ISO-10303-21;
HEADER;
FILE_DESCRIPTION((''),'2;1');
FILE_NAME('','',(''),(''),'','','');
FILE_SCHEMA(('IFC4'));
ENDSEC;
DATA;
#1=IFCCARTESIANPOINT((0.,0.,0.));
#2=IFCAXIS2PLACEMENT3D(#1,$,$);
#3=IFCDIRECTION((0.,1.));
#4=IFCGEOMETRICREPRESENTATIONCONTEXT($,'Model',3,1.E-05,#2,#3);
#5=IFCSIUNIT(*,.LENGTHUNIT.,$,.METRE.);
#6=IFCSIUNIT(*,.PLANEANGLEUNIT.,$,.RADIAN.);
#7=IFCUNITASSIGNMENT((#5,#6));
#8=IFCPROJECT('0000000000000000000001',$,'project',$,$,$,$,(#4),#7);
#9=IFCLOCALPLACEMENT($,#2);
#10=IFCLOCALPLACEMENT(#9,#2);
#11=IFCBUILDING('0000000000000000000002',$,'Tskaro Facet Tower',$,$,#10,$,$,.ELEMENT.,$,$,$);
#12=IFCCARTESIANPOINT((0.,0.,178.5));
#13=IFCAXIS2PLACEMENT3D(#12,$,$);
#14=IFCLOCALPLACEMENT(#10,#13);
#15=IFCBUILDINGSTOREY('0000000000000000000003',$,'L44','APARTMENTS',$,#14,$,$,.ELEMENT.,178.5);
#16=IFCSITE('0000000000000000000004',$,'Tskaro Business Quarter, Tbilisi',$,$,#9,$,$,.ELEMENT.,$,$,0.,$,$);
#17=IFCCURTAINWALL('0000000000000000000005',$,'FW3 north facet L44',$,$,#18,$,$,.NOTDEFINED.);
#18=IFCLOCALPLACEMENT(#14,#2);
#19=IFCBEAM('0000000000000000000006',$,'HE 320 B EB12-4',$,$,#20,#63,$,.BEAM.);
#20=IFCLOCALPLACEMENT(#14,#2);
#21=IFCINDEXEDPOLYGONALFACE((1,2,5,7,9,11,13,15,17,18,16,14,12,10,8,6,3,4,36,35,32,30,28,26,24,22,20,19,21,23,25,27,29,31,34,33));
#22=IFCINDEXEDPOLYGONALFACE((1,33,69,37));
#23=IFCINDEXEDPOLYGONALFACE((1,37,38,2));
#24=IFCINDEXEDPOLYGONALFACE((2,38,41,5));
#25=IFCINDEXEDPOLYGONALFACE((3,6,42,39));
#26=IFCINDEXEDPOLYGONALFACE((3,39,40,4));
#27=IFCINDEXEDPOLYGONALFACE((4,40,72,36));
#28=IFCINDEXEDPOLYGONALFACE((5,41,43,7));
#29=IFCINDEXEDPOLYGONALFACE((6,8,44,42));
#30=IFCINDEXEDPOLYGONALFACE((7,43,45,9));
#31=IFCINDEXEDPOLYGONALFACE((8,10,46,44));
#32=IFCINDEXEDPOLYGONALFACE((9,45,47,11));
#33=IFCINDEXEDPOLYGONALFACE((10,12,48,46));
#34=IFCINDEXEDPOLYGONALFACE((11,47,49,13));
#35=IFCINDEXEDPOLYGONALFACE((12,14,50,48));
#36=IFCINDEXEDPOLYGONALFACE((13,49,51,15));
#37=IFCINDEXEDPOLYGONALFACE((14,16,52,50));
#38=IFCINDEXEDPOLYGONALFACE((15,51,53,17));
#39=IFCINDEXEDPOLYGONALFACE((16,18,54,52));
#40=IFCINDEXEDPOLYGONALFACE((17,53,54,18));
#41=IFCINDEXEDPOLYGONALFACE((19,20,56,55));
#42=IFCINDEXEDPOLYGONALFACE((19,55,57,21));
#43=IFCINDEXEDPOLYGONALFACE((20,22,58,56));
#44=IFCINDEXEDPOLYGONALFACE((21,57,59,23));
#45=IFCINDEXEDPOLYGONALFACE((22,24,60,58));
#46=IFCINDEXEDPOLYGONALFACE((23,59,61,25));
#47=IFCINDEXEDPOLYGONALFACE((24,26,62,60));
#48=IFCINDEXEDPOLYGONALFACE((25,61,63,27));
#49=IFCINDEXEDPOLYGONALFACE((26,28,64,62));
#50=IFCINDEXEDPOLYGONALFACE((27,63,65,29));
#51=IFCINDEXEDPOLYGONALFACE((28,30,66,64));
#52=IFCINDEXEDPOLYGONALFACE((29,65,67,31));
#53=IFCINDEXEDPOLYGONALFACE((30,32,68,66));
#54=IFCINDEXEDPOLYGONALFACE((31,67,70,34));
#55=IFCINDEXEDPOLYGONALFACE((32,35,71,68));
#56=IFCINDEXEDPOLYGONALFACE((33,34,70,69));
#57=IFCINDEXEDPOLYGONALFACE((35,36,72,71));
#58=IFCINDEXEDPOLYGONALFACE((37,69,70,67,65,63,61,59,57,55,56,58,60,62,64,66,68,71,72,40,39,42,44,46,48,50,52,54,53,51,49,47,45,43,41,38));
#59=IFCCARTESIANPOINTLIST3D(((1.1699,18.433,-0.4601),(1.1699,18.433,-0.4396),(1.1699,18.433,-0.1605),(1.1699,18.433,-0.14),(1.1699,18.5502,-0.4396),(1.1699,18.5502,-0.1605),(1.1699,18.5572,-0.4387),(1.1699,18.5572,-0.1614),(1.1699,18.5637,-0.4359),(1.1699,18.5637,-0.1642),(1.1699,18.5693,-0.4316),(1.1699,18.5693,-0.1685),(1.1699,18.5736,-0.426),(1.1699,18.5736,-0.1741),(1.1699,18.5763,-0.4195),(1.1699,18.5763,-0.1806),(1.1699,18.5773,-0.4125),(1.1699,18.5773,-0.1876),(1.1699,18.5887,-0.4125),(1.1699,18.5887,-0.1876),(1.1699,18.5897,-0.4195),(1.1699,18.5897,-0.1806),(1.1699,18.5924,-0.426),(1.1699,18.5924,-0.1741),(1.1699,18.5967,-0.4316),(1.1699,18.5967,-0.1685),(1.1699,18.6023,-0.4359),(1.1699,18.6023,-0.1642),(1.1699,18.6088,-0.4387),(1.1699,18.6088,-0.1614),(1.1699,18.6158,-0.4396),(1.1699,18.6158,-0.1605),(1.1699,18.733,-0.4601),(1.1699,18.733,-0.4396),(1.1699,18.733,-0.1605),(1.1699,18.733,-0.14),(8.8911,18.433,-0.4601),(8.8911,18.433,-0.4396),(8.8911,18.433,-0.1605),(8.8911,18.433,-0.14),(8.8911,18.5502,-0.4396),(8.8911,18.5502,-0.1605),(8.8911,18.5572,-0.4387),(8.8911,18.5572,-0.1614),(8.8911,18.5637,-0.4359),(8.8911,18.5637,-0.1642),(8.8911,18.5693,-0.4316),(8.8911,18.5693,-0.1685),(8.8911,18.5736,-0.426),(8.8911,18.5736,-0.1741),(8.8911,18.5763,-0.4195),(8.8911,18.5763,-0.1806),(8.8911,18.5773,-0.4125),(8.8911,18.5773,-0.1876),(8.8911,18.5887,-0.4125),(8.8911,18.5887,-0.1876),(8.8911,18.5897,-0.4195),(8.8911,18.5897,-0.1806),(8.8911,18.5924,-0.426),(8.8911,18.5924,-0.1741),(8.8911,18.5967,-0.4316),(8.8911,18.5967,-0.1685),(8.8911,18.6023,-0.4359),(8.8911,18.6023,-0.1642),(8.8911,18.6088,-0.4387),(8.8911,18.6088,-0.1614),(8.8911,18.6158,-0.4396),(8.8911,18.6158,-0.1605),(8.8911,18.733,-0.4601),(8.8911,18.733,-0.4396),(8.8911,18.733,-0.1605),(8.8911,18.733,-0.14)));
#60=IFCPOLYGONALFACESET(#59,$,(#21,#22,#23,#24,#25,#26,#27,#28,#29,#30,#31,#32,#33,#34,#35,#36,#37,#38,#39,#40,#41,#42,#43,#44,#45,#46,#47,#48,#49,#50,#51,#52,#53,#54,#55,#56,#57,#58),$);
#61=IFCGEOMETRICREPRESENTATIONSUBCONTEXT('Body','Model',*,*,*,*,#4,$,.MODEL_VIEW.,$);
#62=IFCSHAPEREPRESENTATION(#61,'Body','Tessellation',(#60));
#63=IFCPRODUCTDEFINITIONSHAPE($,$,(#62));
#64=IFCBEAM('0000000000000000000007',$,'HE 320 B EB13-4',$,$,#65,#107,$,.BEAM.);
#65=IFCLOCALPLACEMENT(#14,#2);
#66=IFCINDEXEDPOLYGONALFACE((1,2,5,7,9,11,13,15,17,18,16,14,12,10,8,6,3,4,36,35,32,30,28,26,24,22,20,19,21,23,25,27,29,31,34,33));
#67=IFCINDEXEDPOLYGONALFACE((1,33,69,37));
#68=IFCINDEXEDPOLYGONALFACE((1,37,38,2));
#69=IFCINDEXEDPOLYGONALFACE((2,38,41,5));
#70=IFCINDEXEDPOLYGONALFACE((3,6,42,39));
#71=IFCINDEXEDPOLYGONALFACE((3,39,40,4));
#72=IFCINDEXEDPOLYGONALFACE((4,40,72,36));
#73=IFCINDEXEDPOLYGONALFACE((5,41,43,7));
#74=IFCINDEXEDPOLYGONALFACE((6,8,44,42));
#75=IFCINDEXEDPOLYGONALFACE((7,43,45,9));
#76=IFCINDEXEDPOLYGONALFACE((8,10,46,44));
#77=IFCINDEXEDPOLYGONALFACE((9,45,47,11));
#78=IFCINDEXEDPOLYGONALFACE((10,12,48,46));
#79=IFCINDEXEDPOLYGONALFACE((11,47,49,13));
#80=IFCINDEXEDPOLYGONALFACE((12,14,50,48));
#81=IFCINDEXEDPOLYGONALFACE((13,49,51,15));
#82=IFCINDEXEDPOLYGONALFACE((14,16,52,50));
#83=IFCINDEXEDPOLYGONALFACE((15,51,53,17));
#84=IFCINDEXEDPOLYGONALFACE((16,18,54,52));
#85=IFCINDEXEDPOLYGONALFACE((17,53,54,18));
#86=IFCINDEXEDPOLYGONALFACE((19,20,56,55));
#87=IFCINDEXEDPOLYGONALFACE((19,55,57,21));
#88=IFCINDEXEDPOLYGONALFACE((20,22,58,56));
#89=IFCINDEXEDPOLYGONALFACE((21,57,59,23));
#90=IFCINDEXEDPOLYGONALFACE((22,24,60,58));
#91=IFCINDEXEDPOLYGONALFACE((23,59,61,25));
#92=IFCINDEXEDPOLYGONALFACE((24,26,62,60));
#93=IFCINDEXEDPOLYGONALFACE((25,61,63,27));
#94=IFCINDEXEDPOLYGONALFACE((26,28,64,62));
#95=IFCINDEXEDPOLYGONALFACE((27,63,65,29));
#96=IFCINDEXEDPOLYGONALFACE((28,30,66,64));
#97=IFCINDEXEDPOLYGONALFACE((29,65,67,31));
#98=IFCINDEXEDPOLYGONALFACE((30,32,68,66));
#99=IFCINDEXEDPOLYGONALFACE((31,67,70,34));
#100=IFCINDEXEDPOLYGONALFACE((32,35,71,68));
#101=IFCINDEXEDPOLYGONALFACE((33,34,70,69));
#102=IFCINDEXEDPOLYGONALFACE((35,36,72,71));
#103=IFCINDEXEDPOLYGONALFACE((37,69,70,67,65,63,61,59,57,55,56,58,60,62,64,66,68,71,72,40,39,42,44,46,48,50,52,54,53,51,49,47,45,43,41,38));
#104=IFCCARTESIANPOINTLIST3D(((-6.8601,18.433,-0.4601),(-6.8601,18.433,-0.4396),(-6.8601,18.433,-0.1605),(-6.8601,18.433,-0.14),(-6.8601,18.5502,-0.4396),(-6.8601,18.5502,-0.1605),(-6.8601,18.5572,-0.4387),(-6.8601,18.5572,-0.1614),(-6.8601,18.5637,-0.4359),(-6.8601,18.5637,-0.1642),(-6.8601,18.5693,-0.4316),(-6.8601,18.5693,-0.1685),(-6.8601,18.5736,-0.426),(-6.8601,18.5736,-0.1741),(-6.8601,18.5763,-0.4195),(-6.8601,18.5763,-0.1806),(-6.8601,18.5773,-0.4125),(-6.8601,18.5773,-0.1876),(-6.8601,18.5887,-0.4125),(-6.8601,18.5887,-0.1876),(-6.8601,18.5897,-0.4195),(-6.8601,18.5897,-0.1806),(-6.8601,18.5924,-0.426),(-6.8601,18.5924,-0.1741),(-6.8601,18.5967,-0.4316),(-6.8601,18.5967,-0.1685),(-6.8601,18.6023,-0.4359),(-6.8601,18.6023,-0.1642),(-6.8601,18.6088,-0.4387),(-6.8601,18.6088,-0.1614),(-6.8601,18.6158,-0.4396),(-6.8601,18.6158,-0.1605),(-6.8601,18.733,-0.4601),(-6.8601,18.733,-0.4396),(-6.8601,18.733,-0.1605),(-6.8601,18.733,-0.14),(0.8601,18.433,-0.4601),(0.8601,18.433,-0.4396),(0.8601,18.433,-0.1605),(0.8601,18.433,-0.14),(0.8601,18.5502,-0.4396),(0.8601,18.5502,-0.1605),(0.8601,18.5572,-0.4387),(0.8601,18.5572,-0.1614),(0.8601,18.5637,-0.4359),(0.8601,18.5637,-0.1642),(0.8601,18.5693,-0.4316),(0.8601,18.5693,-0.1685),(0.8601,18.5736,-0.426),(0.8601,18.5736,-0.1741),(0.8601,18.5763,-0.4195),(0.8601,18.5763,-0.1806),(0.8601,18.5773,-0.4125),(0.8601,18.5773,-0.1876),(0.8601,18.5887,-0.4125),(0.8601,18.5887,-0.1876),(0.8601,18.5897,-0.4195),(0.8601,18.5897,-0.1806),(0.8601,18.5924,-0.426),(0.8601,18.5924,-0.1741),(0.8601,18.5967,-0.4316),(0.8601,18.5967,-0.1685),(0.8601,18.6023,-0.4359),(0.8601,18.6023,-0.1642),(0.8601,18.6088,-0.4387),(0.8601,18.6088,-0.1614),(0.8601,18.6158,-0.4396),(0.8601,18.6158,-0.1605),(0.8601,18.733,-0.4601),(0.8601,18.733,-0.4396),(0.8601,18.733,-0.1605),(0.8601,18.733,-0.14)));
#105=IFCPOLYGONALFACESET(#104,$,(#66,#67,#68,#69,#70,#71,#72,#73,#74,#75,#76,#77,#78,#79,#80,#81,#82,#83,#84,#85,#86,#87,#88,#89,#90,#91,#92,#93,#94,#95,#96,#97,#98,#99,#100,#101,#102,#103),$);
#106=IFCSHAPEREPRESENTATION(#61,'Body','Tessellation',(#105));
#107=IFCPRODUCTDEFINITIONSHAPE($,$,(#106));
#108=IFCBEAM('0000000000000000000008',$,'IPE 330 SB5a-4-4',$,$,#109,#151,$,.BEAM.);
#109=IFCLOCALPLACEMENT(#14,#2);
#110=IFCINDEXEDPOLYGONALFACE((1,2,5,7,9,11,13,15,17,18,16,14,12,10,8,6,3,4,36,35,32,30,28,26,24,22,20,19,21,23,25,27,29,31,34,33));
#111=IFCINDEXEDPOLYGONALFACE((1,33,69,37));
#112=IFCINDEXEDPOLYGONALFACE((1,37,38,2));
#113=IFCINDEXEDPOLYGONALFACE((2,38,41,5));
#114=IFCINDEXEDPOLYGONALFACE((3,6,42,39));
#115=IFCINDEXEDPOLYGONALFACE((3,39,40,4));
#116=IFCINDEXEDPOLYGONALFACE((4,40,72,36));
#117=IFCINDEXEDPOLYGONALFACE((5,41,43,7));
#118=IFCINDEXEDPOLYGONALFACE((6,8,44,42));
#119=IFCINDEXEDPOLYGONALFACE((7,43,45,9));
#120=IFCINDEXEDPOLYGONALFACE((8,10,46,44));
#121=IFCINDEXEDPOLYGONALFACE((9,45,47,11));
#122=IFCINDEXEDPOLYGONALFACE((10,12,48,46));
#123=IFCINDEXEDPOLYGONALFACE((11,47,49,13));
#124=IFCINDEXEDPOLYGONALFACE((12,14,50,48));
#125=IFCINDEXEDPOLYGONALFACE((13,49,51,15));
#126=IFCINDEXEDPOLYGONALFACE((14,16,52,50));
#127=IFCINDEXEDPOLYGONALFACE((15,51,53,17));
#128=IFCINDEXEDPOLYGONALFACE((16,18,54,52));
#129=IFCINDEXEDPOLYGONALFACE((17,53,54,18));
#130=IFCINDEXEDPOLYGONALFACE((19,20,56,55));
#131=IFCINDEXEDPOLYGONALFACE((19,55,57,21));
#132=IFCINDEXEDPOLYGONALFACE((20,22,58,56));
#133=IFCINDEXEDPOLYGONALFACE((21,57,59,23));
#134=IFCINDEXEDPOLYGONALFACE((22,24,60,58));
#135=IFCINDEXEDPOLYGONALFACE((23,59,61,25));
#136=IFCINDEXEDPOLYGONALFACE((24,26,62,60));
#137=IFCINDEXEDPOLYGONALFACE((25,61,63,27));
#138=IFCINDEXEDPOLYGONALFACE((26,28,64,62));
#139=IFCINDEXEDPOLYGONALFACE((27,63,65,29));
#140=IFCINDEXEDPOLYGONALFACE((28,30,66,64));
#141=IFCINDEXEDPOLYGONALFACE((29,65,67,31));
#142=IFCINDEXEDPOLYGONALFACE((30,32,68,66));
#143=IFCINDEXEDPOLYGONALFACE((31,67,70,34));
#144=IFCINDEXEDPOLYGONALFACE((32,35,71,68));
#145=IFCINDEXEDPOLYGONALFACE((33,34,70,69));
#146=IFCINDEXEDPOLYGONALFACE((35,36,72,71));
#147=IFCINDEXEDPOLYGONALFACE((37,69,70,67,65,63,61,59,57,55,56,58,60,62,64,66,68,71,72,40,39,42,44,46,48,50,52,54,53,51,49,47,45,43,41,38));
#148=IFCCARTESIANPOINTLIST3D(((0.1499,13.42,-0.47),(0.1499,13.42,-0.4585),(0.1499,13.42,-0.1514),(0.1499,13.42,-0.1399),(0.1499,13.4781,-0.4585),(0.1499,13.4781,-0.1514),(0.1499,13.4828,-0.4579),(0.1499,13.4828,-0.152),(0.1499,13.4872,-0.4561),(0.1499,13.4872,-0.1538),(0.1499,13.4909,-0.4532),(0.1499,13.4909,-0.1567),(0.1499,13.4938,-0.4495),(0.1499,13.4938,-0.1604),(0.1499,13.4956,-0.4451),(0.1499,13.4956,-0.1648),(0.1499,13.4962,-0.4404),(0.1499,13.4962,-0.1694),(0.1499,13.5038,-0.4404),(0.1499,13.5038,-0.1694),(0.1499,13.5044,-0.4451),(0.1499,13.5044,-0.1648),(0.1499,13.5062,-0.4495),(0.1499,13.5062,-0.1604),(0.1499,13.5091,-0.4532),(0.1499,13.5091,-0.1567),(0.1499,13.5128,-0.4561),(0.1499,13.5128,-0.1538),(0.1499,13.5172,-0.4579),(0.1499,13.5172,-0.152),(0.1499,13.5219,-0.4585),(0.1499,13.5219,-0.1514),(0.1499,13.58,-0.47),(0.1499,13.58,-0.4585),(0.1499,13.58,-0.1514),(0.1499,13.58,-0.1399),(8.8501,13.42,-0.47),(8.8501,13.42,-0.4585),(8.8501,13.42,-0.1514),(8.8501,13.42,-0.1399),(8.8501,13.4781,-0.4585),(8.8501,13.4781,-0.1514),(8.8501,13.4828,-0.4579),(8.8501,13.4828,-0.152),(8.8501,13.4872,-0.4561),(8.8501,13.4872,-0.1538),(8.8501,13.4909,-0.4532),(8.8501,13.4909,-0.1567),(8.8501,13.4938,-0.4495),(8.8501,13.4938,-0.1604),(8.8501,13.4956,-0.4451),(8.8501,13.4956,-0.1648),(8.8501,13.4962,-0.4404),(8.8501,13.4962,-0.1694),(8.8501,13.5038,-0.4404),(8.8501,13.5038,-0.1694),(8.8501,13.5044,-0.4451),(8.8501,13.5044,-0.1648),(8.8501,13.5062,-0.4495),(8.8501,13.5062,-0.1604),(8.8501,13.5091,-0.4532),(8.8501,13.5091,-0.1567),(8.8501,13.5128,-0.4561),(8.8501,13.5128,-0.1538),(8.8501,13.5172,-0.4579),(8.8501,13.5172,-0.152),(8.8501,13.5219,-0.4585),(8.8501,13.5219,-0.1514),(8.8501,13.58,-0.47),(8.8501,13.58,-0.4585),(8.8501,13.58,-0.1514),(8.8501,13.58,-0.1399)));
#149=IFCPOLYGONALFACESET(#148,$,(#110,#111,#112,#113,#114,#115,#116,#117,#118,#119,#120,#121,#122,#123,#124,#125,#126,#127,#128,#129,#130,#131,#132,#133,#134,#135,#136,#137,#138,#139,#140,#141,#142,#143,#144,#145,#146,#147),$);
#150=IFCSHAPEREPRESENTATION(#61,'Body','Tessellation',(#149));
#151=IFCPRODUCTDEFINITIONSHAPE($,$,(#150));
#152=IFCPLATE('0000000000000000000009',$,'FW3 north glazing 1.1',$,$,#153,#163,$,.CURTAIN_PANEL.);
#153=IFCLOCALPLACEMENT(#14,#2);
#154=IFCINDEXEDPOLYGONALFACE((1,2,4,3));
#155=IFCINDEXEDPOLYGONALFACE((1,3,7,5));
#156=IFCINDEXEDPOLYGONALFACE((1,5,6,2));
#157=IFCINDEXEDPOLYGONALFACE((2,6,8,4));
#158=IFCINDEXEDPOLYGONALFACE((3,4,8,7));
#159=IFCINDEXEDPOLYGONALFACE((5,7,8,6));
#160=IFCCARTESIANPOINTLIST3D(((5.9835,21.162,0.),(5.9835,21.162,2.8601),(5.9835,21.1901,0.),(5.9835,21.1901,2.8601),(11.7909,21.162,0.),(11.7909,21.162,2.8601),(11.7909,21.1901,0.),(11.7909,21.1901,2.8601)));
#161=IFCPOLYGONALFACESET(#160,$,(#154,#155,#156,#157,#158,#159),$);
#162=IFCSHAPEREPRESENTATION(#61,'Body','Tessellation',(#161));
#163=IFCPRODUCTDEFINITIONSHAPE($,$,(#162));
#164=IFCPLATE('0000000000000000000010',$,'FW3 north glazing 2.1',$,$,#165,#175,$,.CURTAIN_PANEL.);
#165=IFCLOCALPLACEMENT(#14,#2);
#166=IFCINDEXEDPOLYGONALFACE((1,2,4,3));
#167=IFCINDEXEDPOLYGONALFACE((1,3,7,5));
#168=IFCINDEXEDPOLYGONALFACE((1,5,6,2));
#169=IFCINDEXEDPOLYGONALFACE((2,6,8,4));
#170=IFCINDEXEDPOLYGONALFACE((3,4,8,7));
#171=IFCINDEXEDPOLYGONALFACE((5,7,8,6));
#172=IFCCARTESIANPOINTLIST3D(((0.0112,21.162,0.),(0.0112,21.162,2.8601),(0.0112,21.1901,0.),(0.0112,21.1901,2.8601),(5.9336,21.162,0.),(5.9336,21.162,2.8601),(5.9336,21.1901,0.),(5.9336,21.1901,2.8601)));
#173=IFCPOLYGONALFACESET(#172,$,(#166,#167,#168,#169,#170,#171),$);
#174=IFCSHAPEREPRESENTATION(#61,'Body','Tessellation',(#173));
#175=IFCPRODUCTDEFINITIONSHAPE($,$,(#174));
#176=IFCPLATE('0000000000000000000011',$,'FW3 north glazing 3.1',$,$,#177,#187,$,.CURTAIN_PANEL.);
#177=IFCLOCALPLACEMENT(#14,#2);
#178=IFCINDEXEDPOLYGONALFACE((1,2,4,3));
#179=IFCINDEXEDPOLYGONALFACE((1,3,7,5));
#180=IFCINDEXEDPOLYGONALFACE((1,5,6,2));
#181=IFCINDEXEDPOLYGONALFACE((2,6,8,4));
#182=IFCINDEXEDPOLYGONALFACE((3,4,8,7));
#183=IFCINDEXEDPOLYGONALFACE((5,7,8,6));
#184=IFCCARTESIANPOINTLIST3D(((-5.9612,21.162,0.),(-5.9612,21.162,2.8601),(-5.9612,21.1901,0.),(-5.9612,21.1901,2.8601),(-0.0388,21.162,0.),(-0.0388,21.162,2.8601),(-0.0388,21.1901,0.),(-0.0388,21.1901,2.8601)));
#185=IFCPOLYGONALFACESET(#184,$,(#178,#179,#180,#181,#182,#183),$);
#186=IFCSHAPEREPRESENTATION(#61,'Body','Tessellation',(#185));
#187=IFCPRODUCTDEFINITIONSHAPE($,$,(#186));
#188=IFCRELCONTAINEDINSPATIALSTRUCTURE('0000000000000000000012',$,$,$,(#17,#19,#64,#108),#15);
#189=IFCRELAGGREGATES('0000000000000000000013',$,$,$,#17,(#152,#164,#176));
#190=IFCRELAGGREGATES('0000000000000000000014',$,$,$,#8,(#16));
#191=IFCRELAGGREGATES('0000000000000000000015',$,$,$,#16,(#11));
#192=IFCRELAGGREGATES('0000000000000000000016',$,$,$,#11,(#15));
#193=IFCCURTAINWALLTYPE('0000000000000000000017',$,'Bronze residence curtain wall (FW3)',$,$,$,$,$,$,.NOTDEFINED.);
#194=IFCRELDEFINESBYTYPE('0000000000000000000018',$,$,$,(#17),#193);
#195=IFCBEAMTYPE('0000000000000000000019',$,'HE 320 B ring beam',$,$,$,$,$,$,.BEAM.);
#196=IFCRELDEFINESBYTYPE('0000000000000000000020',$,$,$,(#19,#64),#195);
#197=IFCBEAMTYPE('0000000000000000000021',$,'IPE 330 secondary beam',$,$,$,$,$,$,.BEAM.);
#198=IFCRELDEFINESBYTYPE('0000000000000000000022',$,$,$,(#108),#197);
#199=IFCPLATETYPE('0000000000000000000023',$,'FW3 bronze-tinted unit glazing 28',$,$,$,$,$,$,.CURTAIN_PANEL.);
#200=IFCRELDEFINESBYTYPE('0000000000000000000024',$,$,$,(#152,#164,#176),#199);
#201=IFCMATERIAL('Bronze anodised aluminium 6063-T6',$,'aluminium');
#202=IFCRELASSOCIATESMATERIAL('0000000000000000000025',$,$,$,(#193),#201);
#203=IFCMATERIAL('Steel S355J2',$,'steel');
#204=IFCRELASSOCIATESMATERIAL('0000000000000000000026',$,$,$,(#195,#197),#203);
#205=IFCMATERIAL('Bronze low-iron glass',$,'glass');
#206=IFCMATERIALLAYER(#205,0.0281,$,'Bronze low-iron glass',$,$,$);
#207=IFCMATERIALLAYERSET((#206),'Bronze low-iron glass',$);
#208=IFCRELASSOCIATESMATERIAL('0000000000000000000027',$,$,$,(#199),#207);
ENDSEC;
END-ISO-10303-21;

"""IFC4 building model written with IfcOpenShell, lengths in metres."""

from ifc_helpers import new_model, si_unit, direction, frame, origin, origin_2d, place, context, subcontext, project, spatial, rectangle, i_section, extrude, material, layer, layer_set, material_profile, profile_set, type_object, element, aggregate, save


model = new_model("IFC4")

# Units and contexts
model_context = context("Model", 3, precision=1e-05, world=origin(), true_north=direction((0.0, 1.0)))
body_context = subcontext(model_context, "Body", "Model", "MODEL_VIEW")
ifc_project = project(units=[si_unit("LENGTHUNIT", "METRE"), si_unit("PLANEANGLEUNIT", "RADIAN")], contexts=[model_context])

# Site, building, storey
site_placement = place(None, origin())
site = spatial("IfcSite", under=ifc_project, at=site_placement, Name="Tskaro Business Quarter, Tbilisi", CompositionType="ELEMENT", RefElevation=0.0)
building_placement = place(site_placement, origin())
building = spatial("IfcBuilding", under=site, at=building_placement, Name="Tskaro Facet Tower", CompositionType="ELEMENT")
storey_placement = place(building_placement, frame((0.0, 0.0, 178.5)))
storey = spatial("IfcBuildingStorey", under=building, at=storey_placement, Name="L44", Description="APARTMENTS", CompositionType="ELEMENT", Elevation=178.5)

# Curtain wall
ifc_material_1 = material(Name="Bronze anodised aluminium 6063-T6", Category="aluminium")
curtain_wall_type = type_object("IfcCurtainWallType", Name="Bronze residence curtain wall (FW3)", PredefinedType="NOTDEFINED", material=ifc_material_1)
curtain_wall_placement = place(storey_placement, origin())
curtain_wall = element("IfcCurtainWall", 1, at=curtain_wall_placement, inside=storey, type_object=curtain_wall_type, Name="FW3 north facet L44", PredefinedType="NOTDEFINED")

# Beams
ifc_material_2 = material(Name="Steel S355J2", Category="steel")
ifc_material_profile_1 = material_profile(ifc_material_2, i_section(OverallWidth=0.3, OverallDepth=0.3201, WebThickness=0.0115, FlangeThickness=0.0205, FilletRadius=0.0271, at=origin_2d()), Name="HE 320 B")
ifc_profile_set_1 = profile_set([ifc_material_profile_1], Name="Steel S355J2")
beam_type_1 = type_object("IfcBeamType", Name="HE 320 B ring beam", PredefinedType="BEAM", material=ifc_profile_set_1)
beam_1_placement = place(storey_placement, frame((8.8911, 18.583, -0.3), z_axis=(-1.0, 0.0, 0.0), x_axis=(0.0, -1.0, 0.0)))
element("IfcBeam", 2, at=beam_1_placement, inside=storey, type_object=beam_type_1, Name="HE 320 B EB12-4", PredefinedType="BEAM", context=body_context, shape_type="SweptSolid", body=[
    extrude(i_section(OverallWidth=0.3, OverallDepth=0.3201, WebThickness=0.0115, FlangeThickness=0.0205, FilletRadius=0.0271, at=origin_2d()), origin(), (0.0, 0.0, 1.0), 7.7212),
])
beam_2_placement = place(storey_placement, frame((0.8601, 18.583, -0.3), z_axis=(-1.0, 0.0, 0.0), x_axis=(0.0, -1.0, 0.0)))
element("IfcBeam", 3, at=beam_2_placement, inside=storey, type_object=beam_type_1, Name="HE 320 B EB13-4", PredefinedType="BEAM", context=body_context, shape_type="SweptSolid", body=[
    extrude(i_section(OverallWidth=0.3, OverallDepth=0.3201, WebThickness=0.0115, FlangeThickness=0.0205, FilletRadius=0.0271, at=origin_2d()), origin(), (0.0, 0.0, 1.0), 7.7202),
])
ifc_material_profile_2 = material_profile(ifc_material_2, i_section(OverallWidth=0.1599, OverallDepth=0.3301, WebThickness=0.0076, FlangeThickness=0.0115, FilletRadius=0.0181, at=origin_2d()), Name="IPE 330")
ifc_profile_set_2 = profile_set([ifc_material_profile_2], Name="Steel S355J2")
beam_type_2 = type_object("IfcBeamType", Name="IPE 330 secondary beam", PredefinedType="BEAM", material=ifc_profile_set_2)
beam_3_placement = place(storey_placement, frame((0.1499, 13.5, -0.3049), z_axis=(1.0, 0.0, 0.0), x_axis=(0.0, 1.0, 0.0)))
element("IfcBeam", 4, at=beam_3_placement, inside=storey, type_object=beam_type_2, Name="IPE 330 SB5a-4-4", PredefinedType="BEAM", context=body_context, shape_type="SweptSolid", body=[
    extrude(i_section(OverallWidth=0.1599, OverallDepth=0.3301, WebThickness=0.0076, FlangeThickness=0.0115, FilletRadius=0.0181, at=origin_2d()), origin(), (0.0, 0.0, 1.0), 8.7002),
])

# Plates
ifc_material_3 = material(Name="Bronze low-iron glass", Category="glass")
ifc_layer_1 = layer(ifc_material_3, 0.0281, Name="Bronze low-iron glass")
ifc_layer_set_1 = layer_set([ifc_layer_1], Name="Bronze low-iron glass")
plate_type = type_object("IfcPlateType", Name="FW3 bronze-tinted unit glazing 28", PredefinedType="CURTAIN_PANEL", material=ifc_layer_set_1)
plate_1_placement = place(storey_placement, frame((8.8872, 21.176, 0.0), z_axis=(0.0, 0.0, 1.0), x_axis=(-1.0, 0.0, 0.0)))
plate_1 = element("IfcPlate", 5, at=plate_1_placement, type_object=plate_type, Name="FW3 north glazing 1.1", PredefinedType="CURTAIN_PANEL", context=body_context, shape_type="SweptSolid", body=[
    extrude(rectangle(XDim=5.8074, YDim=0.0281, at=origin_2d()), origin(), (0.0, 0.0, 1.0), 2.8601),
])
plate_2_placement = place(storey_placement, frame((2.9724, 21.176, 0.0), z_axis=(0.0, 0.0, 1.0), x_axis=(-1.0, 0.0, 0.0)))
plate_2 = element("IfcPlate", 6, at=plate_2_placement, type_object=plate_type, Name="FW3 north glazing 2.1", PredefinedType="CURTAIN_PANEL", context=body_context, shape_type="SweptSolid", body=[
    extrude(rectangle(XDim=5.9224, YDim=0.0281, at=origin_2d()), origin(), (0.0, 0.0, 1.0), 2.8601),
])
plate_3_placement = place(storey_placement, frame((-3.0, 21.176, 0.0), z_axis=(0.0, 0.0, 1.0), x_axis=(-1.0, 0.0, 0.0)))
plate_3 = element("IfcPlate", 7, at=plate_3_placement, type_object=plate_type, Name="FW3 north glazing 3.1", PredefinedType="CURTAIN_PANEL", context=body_context, shape_type="SweptSolid", body=[
    extrude(rectangle(XDim=5.9224, YDim=0.0281, at=origin_2d()), origin(), (0.0, 0.0, 1.0), 2.8601),
])
aggregate(curtain_wall, [plate_1, plate_2, plate_3])

save(model, "model.ifc")
